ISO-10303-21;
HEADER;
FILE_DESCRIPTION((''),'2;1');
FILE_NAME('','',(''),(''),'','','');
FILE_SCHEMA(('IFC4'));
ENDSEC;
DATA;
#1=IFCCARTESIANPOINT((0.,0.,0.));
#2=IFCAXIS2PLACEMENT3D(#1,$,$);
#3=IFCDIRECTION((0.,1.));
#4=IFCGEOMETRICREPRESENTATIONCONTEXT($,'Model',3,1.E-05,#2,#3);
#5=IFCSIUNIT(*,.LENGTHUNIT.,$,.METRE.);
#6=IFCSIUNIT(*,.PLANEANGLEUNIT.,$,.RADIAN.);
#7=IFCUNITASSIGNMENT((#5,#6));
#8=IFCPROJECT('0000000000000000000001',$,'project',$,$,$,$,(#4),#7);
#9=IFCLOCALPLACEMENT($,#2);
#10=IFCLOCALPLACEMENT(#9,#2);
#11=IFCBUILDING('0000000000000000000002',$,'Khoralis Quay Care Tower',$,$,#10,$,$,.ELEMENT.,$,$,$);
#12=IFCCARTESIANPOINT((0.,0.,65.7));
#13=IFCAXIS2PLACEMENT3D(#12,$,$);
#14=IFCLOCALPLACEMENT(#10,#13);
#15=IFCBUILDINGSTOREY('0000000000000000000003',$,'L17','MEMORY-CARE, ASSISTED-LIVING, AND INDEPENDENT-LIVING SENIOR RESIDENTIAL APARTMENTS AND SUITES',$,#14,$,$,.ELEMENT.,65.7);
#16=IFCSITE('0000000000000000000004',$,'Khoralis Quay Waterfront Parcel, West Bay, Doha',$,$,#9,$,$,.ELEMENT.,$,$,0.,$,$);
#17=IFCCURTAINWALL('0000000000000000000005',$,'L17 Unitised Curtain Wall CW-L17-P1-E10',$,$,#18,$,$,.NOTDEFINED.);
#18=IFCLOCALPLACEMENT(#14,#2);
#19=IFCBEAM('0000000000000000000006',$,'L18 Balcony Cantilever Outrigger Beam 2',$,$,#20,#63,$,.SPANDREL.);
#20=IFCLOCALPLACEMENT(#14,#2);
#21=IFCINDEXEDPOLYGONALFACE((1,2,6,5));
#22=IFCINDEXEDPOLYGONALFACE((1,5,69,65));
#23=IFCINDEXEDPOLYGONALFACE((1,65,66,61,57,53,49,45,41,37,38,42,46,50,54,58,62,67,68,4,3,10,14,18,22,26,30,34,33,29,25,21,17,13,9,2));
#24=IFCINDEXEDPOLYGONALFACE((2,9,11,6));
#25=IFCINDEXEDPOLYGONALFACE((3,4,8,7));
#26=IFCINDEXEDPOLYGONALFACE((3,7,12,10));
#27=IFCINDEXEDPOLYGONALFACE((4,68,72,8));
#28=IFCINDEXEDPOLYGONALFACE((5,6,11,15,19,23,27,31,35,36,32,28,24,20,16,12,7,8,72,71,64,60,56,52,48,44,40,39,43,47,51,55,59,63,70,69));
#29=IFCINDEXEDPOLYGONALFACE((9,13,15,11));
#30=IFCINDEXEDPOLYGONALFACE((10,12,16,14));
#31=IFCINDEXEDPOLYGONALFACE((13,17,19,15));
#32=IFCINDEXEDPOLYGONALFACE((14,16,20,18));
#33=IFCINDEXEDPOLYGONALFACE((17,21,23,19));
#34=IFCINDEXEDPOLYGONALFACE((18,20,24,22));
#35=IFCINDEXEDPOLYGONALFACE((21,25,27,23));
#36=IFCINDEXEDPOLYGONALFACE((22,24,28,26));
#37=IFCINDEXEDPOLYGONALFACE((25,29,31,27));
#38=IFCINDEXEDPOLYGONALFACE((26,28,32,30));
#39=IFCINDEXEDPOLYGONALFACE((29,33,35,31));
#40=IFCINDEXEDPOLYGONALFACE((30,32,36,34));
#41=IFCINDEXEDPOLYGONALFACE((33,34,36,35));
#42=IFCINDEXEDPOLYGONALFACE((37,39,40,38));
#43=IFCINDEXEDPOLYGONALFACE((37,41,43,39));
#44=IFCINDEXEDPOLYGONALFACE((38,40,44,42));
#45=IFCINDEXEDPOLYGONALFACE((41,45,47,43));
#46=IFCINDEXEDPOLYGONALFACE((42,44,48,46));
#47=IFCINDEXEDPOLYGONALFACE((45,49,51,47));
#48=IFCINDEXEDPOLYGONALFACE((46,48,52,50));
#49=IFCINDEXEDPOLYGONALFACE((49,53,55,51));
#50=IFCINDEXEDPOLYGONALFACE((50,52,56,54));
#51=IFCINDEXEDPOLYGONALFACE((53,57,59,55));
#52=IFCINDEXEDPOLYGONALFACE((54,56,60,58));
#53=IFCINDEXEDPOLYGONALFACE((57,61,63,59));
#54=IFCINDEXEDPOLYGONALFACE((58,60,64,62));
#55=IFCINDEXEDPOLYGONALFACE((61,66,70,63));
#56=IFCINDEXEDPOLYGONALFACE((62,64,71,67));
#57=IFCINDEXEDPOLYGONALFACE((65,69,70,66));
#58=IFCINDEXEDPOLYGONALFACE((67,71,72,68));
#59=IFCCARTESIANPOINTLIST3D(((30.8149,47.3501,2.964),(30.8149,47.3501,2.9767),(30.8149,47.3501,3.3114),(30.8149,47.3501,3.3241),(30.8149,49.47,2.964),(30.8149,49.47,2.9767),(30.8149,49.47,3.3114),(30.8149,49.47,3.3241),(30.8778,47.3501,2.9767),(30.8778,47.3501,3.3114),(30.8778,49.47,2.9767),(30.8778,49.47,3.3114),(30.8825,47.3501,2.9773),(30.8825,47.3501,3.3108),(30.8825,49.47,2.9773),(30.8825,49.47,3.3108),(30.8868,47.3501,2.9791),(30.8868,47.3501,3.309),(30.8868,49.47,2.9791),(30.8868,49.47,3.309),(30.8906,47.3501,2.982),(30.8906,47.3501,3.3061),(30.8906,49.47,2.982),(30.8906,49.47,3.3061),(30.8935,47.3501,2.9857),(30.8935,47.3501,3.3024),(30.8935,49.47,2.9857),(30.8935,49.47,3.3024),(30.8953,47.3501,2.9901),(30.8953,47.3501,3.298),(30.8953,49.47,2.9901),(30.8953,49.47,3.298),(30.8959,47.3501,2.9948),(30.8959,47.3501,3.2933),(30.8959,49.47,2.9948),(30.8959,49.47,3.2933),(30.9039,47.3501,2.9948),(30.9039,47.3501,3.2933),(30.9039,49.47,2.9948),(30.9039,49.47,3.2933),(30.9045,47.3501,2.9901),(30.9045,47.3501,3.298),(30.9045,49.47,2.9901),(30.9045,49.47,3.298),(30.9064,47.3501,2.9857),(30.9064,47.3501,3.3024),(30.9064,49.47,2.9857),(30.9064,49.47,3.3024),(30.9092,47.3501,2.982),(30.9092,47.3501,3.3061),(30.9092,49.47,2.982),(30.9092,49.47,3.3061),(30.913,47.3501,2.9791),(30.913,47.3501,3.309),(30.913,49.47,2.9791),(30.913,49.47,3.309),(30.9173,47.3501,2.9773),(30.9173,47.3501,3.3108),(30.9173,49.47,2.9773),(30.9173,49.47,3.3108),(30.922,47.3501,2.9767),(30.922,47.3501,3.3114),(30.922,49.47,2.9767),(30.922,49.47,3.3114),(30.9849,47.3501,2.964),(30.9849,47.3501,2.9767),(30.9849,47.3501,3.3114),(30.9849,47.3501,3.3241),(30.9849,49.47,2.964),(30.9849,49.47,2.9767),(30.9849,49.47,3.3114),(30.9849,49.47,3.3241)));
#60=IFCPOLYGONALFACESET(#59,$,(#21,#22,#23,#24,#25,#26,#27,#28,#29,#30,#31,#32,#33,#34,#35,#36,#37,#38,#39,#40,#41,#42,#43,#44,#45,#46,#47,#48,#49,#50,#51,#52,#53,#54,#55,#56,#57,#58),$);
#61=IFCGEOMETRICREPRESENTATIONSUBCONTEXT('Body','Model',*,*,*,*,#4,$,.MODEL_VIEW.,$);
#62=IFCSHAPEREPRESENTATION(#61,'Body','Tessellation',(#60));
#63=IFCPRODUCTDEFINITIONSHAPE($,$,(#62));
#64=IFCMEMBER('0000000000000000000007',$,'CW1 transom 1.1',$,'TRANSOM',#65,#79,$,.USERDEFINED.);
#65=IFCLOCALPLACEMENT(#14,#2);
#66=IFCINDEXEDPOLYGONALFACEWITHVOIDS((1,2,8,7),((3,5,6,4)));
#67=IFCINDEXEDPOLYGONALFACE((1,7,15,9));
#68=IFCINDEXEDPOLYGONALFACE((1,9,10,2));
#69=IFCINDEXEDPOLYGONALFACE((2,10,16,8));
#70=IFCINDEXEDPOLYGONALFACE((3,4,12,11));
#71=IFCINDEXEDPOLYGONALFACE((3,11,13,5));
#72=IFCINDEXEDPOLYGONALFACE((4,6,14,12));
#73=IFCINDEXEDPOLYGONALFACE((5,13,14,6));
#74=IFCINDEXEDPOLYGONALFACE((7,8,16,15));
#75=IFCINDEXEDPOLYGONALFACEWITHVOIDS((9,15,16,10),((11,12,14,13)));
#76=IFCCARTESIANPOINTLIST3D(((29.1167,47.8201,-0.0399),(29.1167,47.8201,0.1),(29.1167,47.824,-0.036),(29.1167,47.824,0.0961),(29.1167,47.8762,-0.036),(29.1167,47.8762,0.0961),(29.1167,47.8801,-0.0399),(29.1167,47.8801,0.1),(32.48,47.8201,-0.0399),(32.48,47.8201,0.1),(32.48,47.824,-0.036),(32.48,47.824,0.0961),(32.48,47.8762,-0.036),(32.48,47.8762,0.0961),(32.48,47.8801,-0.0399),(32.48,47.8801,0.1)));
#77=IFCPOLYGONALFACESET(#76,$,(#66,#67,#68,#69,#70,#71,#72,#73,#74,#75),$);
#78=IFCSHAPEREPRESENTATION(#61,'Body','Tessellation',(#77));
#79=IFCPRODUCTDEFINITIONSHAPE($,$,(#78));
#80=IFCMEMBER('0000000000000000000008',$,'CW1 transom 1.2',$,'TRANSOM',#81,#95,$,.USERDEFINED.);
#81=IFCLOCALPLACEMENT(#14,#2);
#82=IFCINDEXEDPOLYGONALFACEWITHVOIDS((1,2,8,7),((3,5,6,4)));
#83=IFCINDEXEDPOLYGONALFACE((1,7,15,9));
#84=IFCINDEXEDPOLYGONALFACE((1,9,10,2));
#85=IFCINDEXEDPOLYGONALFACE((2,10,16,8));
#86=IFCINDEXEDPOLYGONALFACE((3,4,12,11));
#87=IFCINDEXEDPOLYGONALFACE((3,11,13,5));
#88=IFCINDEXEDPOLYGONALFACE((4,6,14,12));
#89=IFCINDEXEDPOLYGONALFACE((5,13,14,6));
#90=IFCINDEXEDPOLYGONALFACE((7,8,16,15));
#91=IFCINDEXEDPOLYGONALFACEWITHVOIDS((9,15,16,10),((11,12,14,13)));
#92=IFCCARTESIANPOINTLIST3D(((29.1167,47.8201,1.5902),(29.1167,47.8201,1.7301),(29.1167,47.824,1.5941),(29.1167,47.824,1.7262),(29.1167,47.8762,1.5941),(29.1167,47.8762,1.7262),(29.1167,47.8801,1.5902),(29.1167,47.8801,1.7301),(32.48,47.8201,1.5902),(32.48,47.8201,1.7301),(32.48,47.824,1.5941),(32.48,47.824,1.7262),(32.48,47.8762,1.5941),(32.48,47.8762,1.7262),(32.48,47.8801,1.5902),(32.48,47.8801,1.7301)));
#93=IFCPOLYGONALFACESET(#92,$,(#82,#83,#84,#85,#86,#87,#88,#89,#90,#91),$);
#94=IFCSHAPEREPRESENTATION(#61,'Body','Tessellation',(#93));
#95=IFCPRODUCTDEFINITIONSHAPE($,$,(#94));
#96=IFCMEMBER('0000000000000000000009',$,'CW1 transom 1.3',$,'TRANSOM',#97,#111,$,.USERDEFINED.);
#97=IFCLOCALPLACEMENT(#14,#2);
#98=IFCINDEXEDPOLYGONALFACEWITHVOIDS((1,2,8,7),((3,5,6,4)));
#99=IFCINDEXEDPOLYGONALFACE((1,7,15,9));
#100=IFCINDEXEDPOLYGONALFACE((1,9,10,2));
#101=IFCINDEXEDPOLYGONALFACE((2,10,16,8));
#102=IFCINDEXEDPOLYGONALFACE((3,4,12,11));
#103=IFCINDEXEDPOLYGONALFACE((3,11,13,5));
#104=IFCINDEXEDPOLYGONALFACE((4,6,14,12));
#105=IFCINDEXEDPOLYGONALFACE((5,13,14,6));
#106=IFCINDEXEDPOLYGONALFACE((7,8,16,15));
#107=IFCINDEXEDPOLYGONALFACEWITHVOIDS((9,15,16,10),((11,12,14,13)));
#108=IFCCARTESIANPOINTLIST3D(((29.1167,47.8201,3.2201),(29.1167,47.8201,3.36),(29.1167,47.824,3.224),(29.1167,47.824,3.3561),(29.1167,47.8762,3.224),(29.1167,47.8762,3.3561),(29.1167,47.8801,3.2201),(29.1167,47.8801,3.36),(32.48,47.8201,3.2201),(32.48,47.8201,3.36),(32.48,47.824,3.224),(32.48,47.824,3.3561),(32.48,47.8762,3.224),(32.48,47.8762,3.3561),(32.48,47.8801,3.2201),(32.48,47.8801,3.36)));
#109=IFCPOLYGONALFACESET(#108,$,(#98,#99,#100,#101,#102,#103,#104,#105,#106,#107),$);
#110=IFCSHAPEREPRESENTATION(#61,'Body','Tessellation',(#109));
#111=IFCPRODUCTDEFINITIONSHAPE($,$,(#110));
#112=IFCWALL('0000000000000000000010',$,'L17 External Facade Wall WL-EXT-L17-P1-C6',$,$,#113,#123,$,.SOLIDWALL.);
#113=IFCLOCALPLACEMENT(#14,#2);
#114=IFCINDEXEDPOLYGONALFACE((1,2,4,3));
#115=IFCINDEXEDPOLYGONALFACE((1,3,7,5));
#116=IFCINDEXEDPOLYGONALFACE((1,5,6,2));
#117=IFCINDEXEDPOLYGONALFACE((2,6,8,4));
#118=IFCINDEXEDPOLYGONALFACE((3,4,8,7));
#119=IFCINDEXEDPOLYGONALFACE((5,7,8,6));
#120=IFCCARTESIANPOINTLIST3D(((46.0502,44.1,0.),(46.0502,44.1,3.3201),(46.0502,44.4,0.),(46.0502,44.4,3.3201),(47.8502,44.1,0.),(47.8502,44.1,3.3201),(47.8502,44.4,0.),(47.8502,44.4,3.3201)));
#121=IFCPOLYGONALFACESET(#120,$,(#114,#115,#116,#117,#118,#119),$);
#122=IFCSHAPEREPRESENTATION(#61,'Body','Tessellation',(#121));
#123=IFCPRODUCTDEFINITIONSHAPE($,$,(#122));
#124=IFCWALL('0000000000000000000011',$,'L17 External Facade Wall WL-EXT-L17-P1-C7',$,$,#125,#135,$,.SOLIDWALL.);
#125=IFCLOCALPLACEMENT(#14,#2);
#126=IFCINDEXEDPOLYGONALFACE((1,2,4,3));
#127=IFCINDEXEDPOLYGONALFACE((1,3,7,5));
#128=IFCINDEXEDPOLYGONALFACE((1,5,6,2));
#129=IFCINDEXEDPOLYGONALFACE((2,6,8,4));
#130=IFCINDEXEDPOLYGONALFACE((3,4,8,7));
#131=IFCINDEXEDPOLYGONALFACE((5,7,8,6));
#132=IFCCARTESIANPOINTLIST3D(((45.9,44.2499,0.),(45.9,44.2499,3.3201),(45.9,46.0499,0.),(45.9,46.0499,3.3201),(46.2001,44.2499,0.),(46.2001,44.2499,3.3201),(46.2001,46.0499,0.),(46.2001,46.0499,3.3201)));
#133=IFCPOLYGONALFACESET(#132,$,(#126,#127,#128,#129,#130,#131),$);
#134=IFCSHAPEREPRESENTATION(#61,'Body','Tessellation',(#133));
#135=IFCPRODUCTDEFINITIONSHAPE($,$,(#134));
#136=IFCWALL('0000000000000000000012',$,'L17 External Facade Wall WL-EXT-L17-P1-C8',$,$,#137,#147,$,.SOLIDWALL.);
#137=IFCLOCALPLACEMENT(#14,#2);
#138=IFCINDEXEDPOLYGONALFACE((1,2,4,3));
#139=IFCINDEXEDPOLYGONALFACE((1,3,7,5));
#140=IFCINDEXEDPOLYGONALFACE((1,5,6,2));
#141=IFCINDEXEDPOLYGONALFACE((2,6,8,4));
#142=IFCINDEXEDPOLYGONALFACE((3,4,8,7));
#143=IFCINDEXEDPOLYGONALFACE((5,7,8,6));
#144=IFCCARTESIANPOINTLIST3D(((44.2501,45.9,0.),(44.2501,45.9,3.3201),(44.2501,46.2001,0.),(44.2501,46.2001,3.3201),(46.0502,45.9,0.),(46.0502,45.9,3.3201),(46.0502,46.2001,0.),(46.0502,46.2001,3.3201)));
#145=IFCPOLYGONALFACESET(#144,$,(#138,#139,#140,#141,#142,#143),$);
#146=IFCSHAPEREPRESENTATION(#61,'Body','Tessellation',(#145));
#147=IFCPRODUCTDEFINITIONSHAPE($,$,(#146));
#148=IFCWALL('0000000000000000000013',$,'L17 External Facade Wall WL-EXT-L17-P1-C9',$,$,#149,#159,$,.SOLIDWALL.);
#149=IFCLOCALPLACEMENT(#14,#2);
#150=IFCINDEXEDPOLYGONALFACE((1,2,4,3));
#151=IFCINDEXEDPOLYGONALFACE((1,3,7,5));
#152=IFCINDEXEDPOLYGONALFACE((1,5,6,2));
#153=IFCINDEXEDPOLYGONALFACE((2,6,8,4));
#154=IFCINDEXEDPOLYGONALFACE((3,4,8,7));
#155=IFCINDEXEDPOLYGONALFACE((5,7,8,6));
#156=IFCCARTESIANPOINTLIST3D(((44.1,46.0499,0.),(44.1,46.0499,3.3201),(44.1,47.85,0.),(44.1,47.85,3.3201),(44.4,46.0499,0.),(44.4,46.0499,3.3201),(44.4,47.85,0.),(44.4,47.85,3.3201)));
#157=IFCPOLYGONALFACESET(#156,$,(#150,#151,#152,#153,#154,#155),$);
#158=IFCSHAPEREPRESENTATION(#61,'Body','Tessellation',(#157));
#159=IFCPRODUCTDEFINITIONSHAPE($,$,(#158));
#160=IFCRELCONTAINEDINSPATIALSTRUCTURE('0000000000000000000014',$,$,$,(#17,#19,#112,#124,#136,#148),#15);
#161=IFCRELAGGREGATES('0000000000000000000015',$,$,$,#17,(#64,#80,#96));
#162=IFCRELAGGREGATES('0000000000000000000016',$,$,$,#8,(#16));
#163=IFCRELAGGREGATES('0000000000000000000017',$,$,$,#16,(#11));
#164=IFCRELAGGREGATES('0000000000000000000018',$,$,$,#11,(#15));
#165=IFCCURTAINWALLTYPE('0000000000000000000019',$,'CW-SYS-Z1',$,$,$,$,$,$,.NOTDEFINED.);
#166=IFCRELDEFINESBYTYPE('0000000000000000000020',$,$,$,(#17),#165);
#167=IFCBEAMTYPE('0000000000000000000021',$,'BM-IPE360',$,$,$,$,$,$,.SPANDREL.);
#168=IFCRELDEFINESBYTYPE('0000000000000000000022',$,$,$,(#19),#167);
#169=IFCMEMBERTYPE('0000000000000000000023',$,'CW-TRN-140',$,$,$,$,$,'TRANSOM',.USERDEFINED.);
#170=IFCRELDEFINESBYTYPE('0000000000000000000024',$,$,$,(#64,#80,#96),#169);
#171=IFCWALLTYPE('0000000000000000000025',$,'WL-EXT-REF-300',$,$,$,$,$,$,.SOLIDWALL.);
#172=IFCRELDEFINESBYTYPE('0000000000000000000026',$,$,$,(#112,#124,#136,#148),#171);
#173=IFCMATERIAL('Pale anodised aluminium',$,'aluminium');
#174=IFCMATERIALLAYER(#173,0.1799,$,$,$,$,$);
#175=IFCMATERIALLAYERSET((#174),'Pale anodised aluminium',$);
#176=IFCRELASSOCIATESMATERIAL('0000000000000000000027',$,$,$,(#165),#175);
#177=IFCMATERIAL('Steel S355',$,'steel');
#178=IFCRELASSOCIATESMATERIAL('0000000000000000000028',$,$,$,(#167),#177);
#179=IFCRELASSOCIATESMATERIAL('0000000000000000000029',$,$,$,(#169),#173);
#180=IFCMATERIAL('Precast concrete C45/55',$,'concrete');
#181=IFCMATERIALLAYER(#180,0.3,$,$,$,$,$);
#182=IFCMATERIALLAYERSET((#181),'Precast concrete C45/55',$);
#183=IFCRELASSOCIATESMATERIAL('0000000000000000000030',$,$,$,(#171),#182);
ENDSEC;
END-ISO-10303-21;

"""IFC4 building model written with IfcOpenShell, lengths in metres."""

from ifc_helpers import new_model, si_unit, direction, frame, frame_2d, origin, origin_2d, place, context, subcontext, project, spatial, rectangle, hollow_rectangle, i_section, extrude, source, transform, mapped, material, layer, layer_set, material_profile, profile_set, type_object, element, aggregate, save


model = new_model("IFC4")

# Units and contexts
model_context = context("Model", 3, precision=1e-05, world=origin(), true_north=direction((0.0, 1.0)))
body_context = subcontext(model_context, "Body", "Model", "MODEL_VIEW")
ifc_project = project(units=[si_unit("LENGTHUNIT", "METRE"), si_unit("PLANEANGLEUNIT", "RADIAN")], contexts=[model_context])

# Site, building, storey
site_placement = place(None, origin())
site = spatial("IfcSite", under=ifc_project, at=site_placement, Name="Khoralis Quay Waterfront Parcel, West Bay, Doha", CompositionType="ELEMENT", RefElevation=0.0)
building_placement = place(site_placement, origin())
building = spatial("IfcBuilding", under=site, at=building_placement, Name="Khoralis Quay Care Tower", CompositionType="ELEMENT")
storey_placement = place(building_placement, frame((0.0, 0.0, 65.7)))
storey = spatial("IfcBuildingStorey", under=building, at=storey_placement, Name="L17", Description="MEMORY-CARE, ASSISTED-LIVING, AND INDEPENDENT-LIVING SENIOR RESIDENTIAL APARTMENTS AND SUITES", CompositionType="ELEMENT", Elevation=65.7)

# Shared definitions
ifc_material_1 = material(Name="Steel S355", Category="steel")

# Curtain wall
ifc_material_2 = material(Name="Pale anodised aluminium", Category="aluminium")
ifc_layer_1 = layer(ifc_material_2, 0.1799)
ifc_layer_set_1 = layer_set([ifc_layer_1], Name="Pale anodised aluminium")
curtain_wall_type = type_object("IfcCurtainWallType", Name="CW-SYS-Z1", PredefinedType="NOTDEFINED", material=ifc_layer_set_1)
curtain_wall_placement = place(storey_placement, origin())
curtain_wall = element("IfcCurtainWall", 1, at=curtain_wall_placement, inside=storey, type_object=curtain_wall_type, Name="L17 Unitised Curtain Wall CW-L17-P1-E10", PredefinedType="NOTDEFINED")

# Beam
ifc_material_profile_1 = material_profile(ifc_material_1, i_section(OverallWidth=0.1699, OverallDepth=0.3601, WebThickness=0.0081, FlangeThickness=0.0127, FilletRadius=0.0181, at=origin_2d()), Name="Steel S355")
ifc_profile_set_1 = profile_set([ifc_material_profile_1], Name="Steel S355")
beam_type_1 = type_object("IfcBeamType", Name="BM-IPE360", PredefinedType="SPANDREL", material=ifc_profile_set_1)
shared_shape_1 = source(origin(), body_context, "Body", "SweptSolid", [
    extrude(i_section(OverallWidth=0.1699, OverallDepth=0.3601, WebThickness=0.0081, FlangeThickness=0.0127, FilletRadius=0.0181, at=origin_2d()), origin(), (0.0, 0.0, 1.0), 2.1199),
])
beam_1_placement = place(storey_placement, frame((30.8999, 47.3501, 3.144), z_axis=(0.0, 1.0, 0.0), x_axis=(-1.0, 0.0, 0.0)))
element("IfcBeam", 2, at=beam_1_placement, inside=storey, type_object=beam_type_1, Name="L18 Balcony Cantilever Outrigger Beam 2", PredefinedType="SPANDREL", context=body_context, shape_type="MappedRepresentation", body=[
    mapped(shared_shape_1, transform((0.0, 0.0, 0.0), scale=1.0)),
])

# Members
ifc_material_profile_2 = material_profile(ifc_material_2, hollow_rectangle(XDim=0.0601, YDim=0.1399, WallThickness=0.0039, at=origin_2d()), Name="Pale anodised aluminium")
ifc_profile_set_2 = profile_set([ifc_material_profile_2], Name="Pale anodised aluminium")
member_type_1 = type_object("IfcMemberType", Name="CW-TRN-140", ElementType="TRANSOM", PredefinedType="USERDEFINED", material=ifc_profile_set_2)
shared_shape_2 = source(origin(), body_context, "Body", "SweptSolid", [
    extrude(hollow_rectangle(XDim=0.0601, YDim=0.1399, WallThickness=0.0039, at=origin_2d()), origin(), (0.0, 0.0, 1.0), 3.3633),
])
member_1_placement = place(storey_placement, frame((32.48, 47.8501, 0.03), z_axis=(-1.0, 0.0, 0.0), x_axis=(0.0, -1.0, 0.0)))
member_1 = element("IfcMember", 3, at=member_1_placement, type_object=member_type_1, Name="CW1 transom 1.1", ObjectType="TRANSOM", PredefinedType="USERDEFINED", context=body_context, shape_type="MappedRepresentation", body=[
    mapped(shared_shape_2, transform((0.0, 0.0, 0.0), scale=1.0)),
])
member_2_placement = place(storey_placement, frame((32.48, 47.8501, 1.6602), z_axis=(-1.0, 0.0, 0.0), x_axis=(0.0, -1.0, 0.0)))
member_2 = element("IfcMember", 4, at=member_2_placement, type_object=member_type_1, Name="CW1 transom 1.2", ObjectType="TRANSOM", PredefinedType="USERDEFINED", context=body_context, shape_type="MappedRepresentation", body=[
    mapped(shared_shape_2, transform((0.0, 0.0, 0.0), scale=1.0)),
])
member_3_placement = place(storey_placement, frame((32.48, 47.8501, 3.29), z_axis=(-1.0, 0.0, 0.0), x_axis=(0.0, -1.0, 0.0)))
member_3 = element("IfcMember", 5, at=member_3_placement, type_object=member_type_1, Name="CW1 transom 1.3", ObjectType="TRANSOM", PredefinedType="USERDEFINED", context=body_context, shape_type="MappedRepresentation", body=[
    mapped(shared_shape_2, transform((0.0, 0.0, 0.0), scale=1.0)),
])
aggregate(curtain_wall, [member_1, member_2, member_3])

# Walls
ifc_material_3 = material(Name="Precast concrete C45/55", Category="concrete")
ifc_layer_2 = layer(ifc_material_3, 0.3)
ifc_layer_set_2 = layer_set([ifc_layer_2], Name="Precast concrete C45/55")
wall_type = type_object("IfcWallType", Name="WL-EXT-REF-300", PredefinedType="SOLIDWALL", material=ifc_layer_set_2)
for number, where, z_axis, x_axis, name in (
    (6, (47.8501, 44.25, 0.0), (0.0, 0.0, 1.0), (-1.0, 0.0, 0.0), "L17 External Facade Wall WL-EXT-L17-P1-C6"),
    (7, (46.05, 44.25, 0.0), (0.0, 0.0, 1.0), (0.0, 1.0, 0.0), "L17 External Facade Wall WL-EXT-L17-P1-C7"),
    (8, (46.05, 46.05, 0.0), (0.0, 0.0, 1.0), (-1.0, 0.0, 0.0), "L17 External Facade Wall WL-EXT-L17-P1-C8"),
    (9, (44.25, 46.05, 0.0), (0.0, 0.0, 1.0), (0.0, 1.0, 0.0), "L17 External Facade Wall WL-EXT-L17-P1-C9"),
):
    element("IfcWall", number, at=place(storey_placement, frame(where, z_axis=z_axis, x_axis=x_axis)), inside=storey, type_object=wall_type, Name=name, PredefinedType="SOLIDWALL", context=body_context, shape_type="SweptSolid", body=[
        extrude(rectangle(XDim=1.8, YDim=0.3, at=frame_2d((0.8999, 0.0))), origin(), (0.0, 0.0, 1.0), 3.3201),
    ])

save(model, "model.ifc")
